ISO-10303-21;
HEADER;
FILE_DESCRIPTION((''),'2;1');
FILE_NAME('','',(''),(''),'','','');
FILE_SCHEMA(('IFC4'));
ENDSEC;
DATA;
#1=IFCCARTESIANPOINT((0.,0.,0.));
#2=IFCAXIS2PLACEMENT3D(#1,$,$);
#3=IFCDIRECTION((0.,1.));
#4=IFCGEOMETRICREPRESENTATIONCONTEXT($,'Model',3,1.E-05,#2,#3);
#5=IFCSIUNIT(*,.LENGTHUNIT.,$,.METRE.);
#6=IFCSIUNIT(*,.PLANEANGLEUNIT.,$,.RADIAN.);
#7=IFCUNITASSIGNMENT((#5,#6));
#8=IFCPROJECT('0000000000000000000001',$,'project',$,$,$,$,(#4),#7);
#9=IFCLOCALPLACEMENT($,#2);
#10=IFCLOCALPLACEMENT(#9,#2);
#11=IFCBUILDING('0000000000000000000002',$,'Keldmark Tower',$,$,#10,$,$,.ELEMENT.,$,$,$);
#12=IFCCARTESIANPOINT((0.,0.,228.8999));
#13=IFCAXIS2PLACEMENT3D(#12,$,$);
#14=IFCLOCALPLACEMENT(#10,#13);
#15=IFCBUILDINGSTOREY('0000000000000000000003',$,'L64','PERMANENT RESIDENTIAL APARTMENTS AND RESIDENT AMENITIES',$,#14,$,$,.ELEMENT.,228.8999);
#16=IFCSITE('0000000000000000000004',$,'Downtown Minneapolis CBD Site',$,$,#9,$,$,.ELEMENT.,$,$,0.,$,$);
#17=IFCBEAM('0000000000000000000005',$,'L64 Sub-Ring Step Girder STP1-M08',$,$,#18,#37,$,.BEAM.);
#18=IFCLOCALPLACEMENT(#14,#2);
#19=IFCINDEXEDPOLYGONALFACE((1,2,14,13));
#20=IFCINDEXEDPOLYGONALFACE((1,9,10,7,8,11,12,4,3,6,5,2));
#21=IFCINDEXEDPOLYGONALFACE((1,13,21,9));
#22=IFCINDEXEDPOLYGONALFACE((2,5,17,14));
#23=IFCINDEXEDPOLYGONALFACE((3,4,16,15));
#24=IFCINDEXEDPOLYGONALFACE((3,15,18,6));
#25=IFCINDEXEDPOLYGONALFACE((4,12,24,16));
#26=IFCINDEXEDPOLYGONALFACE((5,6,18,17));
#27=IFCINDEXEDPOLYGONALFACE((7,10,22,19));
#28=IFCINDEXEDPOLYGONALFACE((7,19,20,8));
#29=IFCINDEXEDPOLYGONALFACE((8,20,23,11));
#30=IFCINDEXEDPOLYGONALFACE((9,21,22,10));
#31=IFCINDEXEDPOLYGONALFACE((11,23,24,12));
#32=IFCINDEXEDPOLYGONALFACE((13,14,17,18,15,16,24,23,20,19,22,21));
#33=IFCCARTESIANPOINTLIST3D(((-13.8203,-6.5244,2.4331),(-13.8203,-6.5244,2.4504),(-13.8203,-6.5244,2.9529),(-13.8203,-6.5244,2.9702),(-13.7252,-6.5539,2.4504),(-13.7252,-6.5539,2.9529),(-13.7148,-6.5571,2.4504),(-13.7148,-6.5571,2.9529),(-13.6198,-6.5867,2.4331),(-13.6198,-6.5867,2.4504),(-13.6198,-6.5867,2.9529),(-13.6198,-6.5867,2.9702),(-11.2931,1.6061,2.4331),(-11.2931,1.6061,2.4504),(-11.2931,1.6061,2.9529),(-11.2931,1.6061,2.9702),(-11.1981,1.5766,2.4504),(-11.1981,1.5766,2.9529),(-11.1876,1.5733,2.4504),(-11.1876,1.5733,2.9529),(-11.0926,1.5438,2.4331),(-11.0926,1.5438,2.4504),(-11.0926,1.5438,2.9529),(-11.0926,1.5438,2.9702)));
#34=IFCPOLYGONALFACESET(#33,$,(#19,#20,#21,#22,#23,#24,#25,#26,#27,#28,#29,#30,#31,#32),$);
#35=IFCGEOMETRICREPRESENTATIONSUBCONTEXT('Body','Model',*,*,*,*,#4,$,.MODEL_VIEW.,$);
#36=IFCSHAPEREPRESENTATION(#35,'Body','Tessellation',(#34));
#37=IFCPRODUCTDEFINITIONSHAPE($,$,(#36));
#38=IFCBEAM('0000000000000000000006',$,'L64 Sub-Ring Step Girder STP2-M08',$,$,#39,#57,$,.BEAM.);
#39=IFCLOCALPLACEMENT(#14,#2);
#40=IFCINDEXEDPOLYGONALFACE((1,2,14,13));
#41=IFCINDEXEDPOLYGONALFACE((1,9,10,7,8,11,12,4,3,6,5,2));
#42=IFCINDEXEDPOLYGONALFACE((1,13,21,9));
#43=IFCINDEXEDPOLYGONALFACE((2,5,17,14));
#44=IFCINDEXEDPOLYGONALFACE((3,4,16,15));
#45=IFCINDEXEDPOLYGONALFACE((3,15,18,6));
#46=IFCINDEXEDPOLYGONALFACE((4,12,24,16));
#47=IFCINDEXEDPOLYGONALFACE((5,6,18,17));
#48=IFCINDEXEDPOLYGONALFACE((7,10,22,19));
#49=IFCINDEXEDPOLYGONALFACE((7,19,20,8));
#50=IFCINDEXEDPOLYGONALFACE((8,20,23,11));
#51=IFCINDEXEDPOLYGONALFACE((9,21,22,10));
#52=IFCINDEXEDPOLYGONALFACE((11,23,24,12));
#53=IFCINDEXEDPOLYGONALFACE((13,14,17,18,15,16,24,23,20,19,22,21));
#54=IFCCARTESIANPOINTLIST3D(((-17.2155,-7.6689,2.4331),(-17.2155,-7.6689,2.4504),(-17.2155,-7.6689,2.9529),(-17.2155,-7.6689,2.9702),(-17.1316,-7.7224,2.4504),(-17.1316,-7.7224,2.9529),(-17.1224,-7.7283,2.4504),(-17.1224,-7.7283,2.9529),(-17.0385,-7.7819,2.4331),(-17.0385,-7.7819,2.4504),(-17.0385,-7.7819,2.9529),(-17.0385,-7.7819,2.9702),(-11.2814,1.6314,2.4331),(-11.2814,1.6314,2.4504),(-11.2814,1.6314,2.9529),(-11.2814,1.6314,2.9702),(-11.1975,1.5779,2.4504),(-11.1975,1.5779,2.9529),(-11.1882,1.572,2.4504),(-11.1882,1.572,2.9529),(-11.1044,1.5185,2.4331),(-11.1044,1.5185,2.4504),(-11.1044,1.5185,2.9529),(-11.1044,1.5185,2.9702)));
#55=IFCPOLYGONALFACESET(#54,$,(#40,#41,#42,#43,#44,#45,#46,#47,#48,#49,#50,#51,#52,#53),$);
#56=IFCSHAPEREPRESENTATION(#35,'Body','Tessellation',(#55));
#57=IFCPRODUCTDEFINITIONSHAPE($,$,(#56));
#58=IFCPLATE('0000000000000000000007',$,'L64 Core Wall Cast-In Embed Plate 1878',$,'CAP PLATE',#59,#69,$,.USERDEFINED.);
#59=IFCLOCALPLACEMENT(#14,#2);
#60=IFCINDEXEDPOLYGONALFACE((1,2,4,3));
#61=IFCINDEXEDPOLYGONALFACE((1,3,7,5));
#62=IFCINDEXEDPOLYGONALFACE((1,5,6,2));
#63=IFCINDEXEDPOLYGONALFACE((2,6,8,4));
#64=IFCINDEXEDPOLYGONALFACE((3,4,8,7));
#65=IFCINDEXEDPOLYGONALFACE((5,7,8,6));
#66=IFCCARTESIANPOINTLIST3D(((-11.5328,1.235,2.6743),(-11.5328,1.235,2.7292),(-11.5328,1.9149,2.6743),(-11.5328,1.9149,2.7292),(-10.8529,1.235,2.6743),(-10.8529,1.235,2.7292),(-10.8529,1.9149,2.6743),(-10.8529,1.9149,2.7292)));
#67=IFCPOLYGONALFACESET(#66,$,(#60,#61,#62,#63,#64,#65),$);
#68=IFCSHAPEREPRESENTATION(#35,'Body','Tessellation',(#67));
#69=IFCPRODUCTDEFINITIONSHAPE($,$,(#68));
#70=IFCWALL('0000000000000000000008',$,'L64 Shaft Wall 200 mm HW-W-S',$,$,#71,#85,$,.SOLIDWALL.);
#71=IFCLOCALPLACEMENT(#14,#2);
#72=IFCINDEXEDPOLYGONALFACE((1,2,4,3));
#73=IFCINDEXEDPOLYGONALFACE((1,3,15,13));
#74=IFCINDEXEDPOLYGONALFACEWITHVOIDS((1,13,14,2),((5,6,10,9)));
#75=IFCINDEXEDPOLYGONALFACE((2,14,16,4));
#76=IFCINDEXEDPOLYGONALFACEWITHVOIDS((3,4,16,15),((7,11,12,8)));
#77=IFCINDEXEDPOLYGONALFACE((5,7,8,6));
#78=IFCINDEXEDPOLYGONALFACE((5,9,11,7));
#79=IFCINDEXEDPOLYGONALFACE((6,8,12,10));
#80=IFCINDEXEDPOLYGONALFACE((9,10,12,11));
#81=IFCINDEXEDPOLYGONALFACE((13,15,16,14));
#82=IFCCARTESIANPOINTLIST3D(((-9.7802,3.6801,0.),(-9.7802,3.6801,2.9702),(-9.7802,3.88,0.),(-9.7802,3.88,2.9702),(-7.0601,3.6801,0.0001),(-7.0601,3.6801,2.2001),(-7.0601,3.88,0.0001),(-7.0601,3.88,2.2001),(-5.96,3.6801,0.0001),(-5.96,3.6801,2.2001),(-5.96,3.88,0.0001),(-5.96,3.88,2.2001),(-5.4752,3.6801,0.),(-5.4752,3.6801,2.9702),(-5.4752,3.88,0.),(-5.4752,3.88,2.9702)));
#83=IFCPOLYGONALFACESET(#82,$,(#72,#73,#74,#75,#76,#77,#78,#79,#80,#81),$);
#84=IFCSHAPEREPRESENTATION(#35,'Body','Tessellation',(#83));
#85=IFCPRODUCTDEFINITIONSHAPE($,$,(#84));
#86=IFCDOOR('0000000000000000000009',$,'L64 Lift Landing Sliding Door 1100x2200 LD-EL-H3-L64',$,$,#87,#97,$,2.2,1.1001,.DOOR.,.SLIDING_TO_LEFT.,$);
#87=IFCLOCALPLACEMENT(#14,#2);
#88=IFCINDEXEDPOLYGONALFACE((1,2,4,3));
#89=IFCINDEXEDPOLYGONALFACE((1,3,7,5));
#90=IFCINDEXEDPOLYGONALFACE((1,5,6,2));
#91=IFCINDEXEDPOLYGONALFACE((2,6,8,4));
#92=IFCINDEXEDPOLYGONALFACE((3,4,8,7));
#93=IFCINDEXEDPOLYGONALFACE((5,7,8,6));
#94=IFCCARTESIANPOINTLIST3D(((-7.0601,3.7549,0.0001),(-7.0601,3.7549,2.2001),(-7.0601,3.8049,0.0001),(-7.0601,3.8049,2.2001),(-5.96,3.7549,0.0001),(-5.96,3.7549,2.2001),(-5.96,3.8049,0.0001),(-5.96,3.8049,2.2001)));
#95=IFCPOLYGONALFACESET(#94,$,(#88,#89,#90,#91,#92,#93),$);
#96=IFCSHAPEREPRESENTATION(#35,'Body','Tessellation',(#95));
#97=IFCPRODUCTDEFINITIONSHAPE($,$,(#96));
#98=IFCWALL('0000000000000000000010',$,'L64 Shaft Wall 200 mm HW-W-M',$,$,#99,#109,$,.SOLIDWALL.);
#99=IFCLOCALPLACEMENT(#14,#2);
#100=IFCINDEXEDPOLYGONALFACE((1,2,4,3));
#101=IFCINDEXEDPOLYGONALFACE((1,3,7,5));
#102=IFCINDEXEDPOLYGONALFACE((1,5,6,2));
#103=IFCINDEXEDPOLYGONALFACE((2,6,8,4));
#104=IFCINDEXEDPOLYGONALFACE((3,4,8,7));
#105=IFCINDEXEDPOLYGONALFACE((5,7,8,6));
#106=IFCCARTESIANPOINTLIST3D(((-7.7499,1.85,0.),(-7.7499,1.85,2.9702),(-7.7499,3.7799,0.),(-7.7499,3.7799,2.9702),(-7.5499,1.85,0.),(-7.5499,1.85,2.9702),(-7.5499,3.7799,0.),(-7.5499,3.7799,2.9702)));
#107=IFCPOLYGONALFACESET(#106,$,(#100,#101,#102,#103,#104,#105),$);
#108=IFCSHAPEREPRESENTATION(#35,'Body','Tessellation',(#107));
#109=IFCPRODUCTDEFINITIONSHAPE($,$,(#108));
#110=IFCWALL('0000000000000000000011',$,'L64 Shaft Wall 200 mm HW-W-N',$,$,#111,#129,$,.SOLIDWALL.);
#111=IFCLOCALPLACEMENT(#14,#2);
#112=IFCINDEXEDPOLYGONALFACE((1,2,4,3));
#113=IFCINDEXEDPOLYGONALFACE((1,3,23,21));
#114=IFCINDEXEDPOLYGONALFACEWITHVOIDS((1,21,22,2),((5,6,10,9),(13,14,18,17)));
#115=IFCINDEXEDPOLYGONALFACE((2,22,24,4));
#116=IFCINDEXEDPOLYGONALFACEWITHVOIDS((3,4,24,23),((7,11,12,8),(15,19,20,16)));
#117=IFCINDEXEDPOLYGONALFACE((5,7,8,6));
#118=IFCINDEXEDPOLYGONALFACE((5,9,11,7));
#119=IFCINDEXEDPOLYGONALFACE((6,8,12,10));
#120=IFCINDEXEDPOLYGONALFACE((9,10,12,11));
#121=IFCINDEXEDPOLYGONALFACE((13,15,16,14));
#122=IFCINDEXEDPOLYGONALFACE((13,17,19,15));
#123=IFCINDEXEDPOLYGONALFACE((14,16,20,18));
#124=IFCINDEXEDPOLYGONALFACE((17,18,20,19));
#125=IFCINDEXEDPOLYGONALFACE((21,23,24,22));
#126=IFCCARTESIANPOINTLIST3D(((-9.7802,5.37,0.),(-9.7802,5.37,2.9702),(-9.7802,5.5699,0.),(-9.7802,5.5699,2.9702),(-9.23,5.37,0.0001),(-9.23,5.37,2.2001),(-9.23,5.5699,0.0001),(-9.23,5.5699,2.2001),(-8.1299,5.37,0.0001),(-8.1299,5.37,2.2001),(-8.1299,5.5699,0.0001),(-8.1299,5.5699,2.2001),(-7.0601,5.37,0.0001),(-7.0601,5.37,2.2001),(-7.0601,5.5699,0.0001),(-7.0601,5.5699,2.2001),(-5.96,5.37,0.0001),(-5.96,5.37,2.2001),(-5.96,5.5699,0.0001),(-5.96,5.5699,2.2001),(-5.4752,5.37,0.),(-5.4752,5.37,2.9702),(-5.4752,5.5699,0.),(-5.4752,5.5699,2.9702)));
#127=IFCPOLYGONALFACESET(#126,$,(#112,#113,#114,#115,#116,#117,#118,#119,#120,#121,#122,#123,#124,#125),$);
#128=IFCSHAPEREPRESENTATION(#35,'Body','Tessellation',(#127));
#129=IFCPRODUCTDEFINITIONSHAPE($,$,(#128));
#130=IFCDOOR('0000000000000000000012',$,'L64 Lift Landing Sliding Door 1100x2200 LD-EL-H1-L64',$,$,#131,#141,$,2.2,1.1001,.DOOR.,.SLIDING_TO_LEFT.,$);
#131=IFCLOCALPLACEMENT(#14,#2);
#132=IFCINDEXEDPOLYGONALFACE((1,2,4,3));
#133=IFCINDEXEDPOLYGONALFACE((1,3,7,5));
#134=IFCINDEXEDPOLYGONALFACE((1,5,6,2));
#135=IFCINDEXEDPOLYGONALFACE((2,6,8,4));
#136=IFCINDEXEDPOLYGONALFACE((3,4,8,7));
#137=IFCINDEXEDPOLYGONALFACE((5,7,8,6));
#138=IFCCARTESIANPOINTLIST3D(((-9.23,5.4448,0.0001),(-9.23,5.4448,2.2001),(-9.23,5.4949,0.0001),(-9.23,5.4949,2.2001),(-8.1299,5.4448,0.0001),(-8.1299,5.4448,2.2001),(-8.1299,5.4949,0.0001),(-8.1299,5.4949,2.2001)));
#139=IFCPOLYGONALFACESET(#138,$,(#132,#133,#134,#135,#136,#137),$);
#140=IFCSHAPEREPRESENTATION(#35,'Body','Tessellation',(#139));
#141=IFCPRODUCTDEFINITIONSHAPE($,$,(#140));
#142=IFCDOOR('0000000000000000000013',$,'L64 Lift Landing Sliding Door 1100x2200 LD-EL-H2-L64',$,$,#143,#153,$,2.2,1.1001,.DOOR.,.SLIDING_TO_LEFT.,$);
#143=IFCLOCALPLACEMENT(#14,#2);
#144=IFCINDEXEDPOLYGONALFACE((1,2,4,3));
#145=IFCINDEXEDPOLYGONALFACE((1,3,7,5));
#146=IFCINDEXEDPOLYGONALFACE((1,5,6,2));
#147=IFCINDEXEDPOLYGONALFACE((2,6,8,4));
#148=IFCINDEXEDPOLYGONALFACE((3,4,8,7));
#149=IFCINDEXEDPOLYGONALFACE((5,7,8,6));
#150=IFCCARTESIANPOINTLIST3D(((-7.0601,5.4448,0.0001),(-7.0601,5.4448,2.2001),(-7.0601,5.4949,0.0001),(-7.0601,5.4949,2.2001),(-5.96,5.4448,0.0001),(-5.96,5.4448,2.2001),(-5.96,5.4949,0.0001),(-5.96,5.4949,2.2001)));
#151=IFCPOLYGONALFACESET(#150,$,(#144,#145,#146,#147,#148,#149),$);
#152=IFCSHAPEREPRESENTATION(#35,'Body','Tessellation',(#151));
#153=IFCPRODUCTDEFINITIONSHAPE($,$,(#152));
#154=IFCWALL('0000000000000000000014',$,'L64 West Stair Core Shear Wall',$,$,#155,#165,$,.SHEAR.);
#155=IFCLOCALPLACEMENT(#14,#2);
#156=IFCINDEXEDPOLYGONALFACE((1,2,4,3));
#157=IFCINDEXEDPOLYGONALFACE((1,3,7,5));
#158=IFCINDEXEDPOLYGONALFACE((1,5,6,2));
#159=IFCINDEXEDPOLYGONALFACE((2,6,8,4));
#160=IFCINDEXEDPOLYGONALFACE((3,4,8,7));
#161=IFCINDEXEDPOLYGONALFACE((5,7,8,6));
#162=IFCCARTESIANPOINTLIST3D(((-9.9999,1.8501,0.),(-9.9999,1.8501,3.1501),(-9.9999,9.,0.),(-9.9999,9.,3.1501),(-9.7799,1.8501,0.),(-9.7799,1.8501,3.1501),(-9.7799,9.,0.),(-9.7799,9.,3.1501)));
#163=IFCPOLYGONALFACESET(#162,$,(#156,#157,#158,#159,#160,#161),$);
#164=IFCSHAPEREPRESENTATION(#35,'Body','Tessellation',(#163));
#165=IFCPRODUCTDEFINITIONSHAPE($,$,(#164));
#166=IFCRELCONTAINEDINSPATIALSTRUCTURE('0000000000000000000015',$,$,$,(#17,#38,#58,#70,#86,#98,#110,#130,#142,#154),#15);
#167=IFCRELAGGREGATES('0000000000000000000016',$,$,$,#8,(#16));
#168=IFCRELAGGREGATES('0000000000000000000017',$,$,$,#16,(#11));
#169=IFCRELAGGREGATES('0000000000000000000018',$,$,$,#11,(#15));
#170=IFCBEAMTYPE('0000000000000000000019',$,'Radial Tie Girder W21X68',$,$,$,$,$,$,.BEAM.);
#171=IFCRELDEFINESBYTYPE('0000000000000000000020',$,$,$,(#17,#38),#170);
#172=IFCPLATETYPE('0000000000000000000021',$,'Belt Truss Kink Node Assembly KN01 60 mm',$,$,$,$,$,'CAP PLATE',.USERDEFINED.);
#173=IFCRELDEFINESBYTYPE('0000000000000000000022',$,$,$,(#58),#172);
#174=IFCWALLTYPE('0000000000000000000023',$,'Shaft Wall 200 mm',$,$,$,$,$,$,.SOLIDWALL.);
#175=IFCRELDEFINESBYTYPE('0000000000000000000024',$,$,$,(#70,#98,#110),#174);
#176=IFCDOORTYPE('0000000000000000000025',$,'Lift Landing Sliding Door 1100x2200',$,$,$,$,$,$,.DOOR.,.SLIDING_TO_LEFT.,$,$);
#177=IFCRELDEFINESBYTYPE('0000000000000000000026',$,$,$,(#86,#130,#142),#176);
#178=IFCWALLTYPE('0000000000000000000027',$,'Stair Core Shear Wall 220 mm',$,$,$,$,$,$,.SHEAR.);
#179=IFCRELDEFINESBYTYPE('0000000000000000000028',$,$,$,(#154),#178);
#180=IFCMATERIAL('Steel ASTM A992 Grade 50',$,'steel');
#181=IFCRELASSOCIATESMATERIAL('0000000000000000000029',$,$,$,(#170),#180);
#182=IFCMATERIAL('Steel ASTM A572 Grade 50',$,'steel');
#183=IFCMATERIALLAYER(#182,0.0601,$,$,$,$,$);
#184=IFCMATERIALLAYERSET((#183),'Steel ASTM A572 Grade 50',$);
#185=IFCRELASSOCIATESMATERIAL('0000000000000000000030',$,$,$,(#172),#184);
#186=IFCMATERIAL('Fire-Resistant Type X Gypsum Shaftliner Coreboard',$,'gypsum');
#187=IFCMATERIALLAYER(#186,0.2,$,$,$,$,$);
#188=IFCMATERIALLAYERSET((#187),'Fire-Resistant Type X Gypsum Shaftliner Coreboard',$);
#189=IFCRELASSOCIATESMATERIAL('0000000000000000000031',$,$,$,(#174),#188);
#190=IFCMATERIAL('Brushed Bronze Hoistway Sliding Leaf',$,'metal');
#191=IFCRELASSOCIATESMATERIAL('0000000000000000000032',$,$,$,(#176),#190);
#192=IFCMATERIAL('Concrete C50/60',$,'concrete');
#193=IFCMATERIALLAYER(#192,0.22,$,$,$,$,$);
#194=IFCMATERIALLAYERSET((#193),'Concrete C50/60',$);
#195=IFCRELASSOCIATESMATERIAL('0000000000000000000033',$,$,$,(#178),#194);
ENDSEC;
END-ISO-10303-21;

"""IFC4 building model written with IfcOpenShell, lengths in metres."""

from ifc_helpers import new_model, si_unit, direction, frame, frame_2d, origin, origin_2d, place, context, subcontext, project, spatial, rectangle, i_section, extrude, material, layer, layer_set, material_profile, profile_set, type_object, element, fill, save


model = new_model("IFC4")

# Units and contexts
model_context = context("Model", 3, precision=1e-05, world=origin(), true_north=direction((0.0, 1.0)))
body_context = subcontext(model_context, "Body", "Model", "MODEL_VIEW")
ifc_project = project(units=[si_unit("LENGTHUNIT", "METRE"), si_unit("PLANEANGLEUNIT", "RADIAN")], contexts=[model_context])

# Site, building, storey
site_placement = place(None, origin())
site = spatial("IfcSite", under=ifc_project, at=site_placement, Name="Downtown Minneapolis CBD Site", CompositionType="ELEMENT", RefElevation=0.0)
building_placement = place(site_placement, origin())
building = spatial("IfcBuilding", under=site, at=building_placement, Name="Keldmark Tower", CompositionType="ELEMENT")
storey_placement = place(building_placement, frame((0.0, 0.0, 228.8999)))
storey = spatial("IfcBuildingStorey", under=building, at=storey_placement, Name="L64", Description="PERMANENT RESIDENTIAL APARTMENTS AND RESIDENT AMENITIES", CompositionType="ELEMENT", Elevation=228.8999)

# Beams
ifc_material_1 = material(Name="Steel ASTM A992 Grade 50", Category="steel")
ifc_material_profile = material_profile(ifc_material_1, i_section(OverallWidth=0.21, OverallDepth=0.5371, WebThickness=0.011, FlangeThickness=0.0173, at=origin_2d()), Name="W21X68")
ifc_profile_set = profile_set([ifc_material_profile], Name="Steel ASTM A992 Grade 50")
beam_type = type_object("IfcBeamType", Name="Radial Tie Girder W21X68", PredefinedType="BEAM", material=ifc_profile_set)
beam_1_placement = place(storey_placement, frame((-11.1929, 1.575, 2.7017), z_axis=(-0.296815, -0.954935, 0.0), x_axis=(0.954935, -0.296815, 0.0)))
element("IfcBeam", 1, at=beam_1_placement, inside=storey, type_object=beam_type, Name="L64 Sub-Ring Step Girder STP1-M08", PredefinedType="BEAM", context=body_context, shape_type="SweptSolid", body=[
    extrude(i_section(OverallWidth=0.21, OverallDepth=0.5371, WebThickness=0.011, FlangeThickness=0.0173, at=origin_2d()), origin(), (0.0, 0.0, 1.0), 8.5142),
])
beam_2_placement = place(storey_placement, frame((-11.1929, 1.575, 2.7017), z_axis=(-0.537889, -0.843016, 0.0), x_axis=(0.843016, -0.537889, 0.0)))
element("IfcBeam", 2, at=beam_2_placement, inside=storey, type_object=beam_type, Name="L64 Sub-Ring Step Girder STP2-M08", PredefinedType="BEAM", context=body_context, shape_type="SweptSolid", body=[
    extrude(i_section(OverallWidth=0.21, OverallDepth=0.5371, WebThickness=0.011, FlangeThickness=0.0173, at=origin_2d()), origin(), (0.0, 0.0, 1.0), 11.0322),
])

# Plate
ifc_material_2 = material(Name="Steel ASTM A572 Grade 50", Category="steel")
ifc_layer_1 = layer(ifc_material_2, 0.0601)
ifc_layer_set_1 = layer_set([ifc_layer_1], Name="Steel ASTM A572 Grade 50")
plate_type = type_object("IfcPlateType", Name="Belt Truss Kink Node Assembly KN01 60 mm", ElementType="CAP PLATE", PredefinedType="USERDEFINED", material=ifc_layer_set_1)
plate_placement = place(storey_placement, frame((-11.1929, 1.575, 2.6743), z_axis=(0.0, 0.0, 1.0), x_axis=(1.0, 0.0, 0.0)))
element("IfcPlate", 3, at=plate_placement, inside=storey, type_object=plate_type, Name="L64 Core Wall Cast-In Embed Plate 1878", ObjectType="CAP PLATE", PredefinedType="USERDEFINED", context=body_context, shape_type="SweptSolid", body=[
    extrude(rectangle(XDim=0.6799, YDim=0.6799, at=origin_2d()), origin(), (0.0, 0.0, 1.0), 0.0549),
])

# Wall, opening, door
ifc_material_3 = material(Name="Fire-Resistant Type X Gypsum Shaftliner Coreboard", Category="gypsum")
ifc_layer_2 = layer(ifc_material_3, 0.2)
ifc_layer_set_2 = layer_set([ifc_layer_2], Name="Fire-Resistant Type X Gypsum Shaftliner Coreboard")
wall_type_1 = type_object("IfcWallType", Name="Shaft Wall 200 mm", PredefinedType="SOLIDWALL", material=ifc_layer_set_2)
wall_1_placement = place(storey_placement, frame((-9.78, 3.78, 0.0), z_axis=(0.0, 0.0, 1.0), x_axis=(1.0, 0.0, 0.0)))
wall_1 = element("IfcWall", 4, at=wall_1_placement, inside=storey, type_object=wall_type_1, Name="L64 Shaft Wall 200 mm HW-W-S", PredefinedType="SOLIDWALL", context=body_context, shape_type="SweptSolid", body=[
    extrude(rectangle(XDim=4.3049, YDim=0.2, at=frame_2d((2.1523, 0.0))), origin(), (0.0, 0.0, 1.0), 2.9702),
])
opening_1_placement = place(wall_1_placement, frame((2.72, 0.0, 0.0)))
opening_1 = element("IfcOpeningElement", 5, at=opening_1_placement, cuts=wall_1, PredefinedType="OPENING", context=body_context, shape_type="SweptSolid", body=[
    extrude(rectangle(XDim=1.1001, YDim=2.2, at=frame_2d((0.55, 1.1001))), frame((0.0, 0.1099, 0.0), z_axis=(0.0, -1.0, 0.0), x_axis=(1.0, 0.0, 0.0)), (0.0, 0.0, 1.0), 0.22),
])
ifc_material_4 = material(Name="Brushed Bronze Hoistway Sliding Leaf", Category="metal")
door_type = type_object("IfcDoorType", Name="Lift Landing Sliding Door 1100x2200", OperationType="SLIDING_TO_LEFT", PredefinedType="DOOR", material=ifc_material_4)
door_1_placement = place(opening_1_placement, origin())
door_1 = element("IfcDoor", 6, at=door_1_placement, inside=storey, type_object=door_type, Name="L64 Lift Landing Sliding Door 1100x2200 LD-EL-H3-L64", OperationType="SLIDING_TO_LEFT", OverallHeight=2.2, OverallWidth=1.1001, PredefinedType="DOOR", context=body_context, shape_type="SweptSolid", body=[
    extrude(rectangle(XDim=1.1001, YDim=2.2, at=frame_2d((0.55, 1.1001))), frame((0.0, 0.0249, 0.0), z_axis=(0.0, -1.0, 0.0), x_axis=(1.0, 0.0, 0.0)), (0.0, 0.0, 1.0), 0.05),
])
fill(opening_1, door_1)

# Wall
wall_2_placement = place(storey_placement, frame((-7.6499, 1.8501, 0.0), z_axis=(0.0, 0.0, 1.0), x_axis=(0.0, 1.0, 0.0)))
element("IfcWall", 7, at=wall_2_placement, inside=storey, type_object=wall_type_1, Name="L64 Shaft Wall 200 mm HW-W-M", PredefinedType="SOLIDWALL", context=body_context, shape_type="SweptSolid", body=[
    extrude(rectangle(XDim=1.9299, YDim=0.2, at=frame_2d((0.9648, 0.0))), origin(), (0.0, 0.0, 1.0), 2.9702),
])

# Wall, openings, doors
wall_3_placement = place(storey_placement, frame((-9.78, 5.47, 0.0), z_axis=(0.0, 0.0, 1.0), x_axis=(1.0, 0.0, 0.0)))
wall_3 = element("IfcWall", 8, at=wall_3_placement, inside=storey, type_object=wall_type_1, Name="L64 Shaft Wall 200 mm HW-W-N", PredefinedType="SOLIDWALL", context=body_context, shape_type="SweptSolid", body=[
    extrude(rectangle(XDim=4.3049, YDim=0.2, at=frame_2d((2.1523, 0.0))), origin(), (0.0, 0.0, 1.0), 2.9702),
])
opening_2_placement = place(wall_3_placement, frame((0.55, 0.0, 0.0)))
opening_2 = element("IfcOpeningElement", 9, at=opening_2_placement, cuts=wall_3, PredefinedType="OPENING", context=body_context, shape_type="SweptSolid", body=[
    extrude(rectangle(XDim=1.1001, YDim=2.2, at=frame_2d((0.55, 1.1001))), frame((0.0, 0.1099, 0.0), z_axis=(0.0, -1.0, 0.0), x_axis=(1.0, 0.0, 0.0)), (0.0, 0.0, 1.0), 0.22),
])
opening_3_placement = place(wall_3_placement, frame((2.72, 0.0, 0.0)))
opening_3 = element("IfcOpeningElement", 10, at=opening_3_placement, cuts=wall_3, PredefinedType="OPENING", context=body_context, shape_type="SweptSolid", body=[
    extrude(rectangle(XDim=1.1001, YDim=2.2, at=frame_2d((0.55, 1.1001))), frame((0.0, 0.1099, 0.0), z_axis=(0.0, -1.0, 0.0), x_axis=(1.0, 0.0, 0.0)), (0.0, 0.0, 1.0), 0.22),
])
door_2_placement = place(opening_2_placement, origin())
door_2 = element("IfcDoor", 11, at=door_2_placement, inside=storey, type_object=door_type, Name="L64 Lift Landing Sliding Door 1100x2200 LD-EL-H1-L64", OperationType="SLIDING_TO_LEFT", OverallHeight=2.2, OverallWidth=1.1001, PredefinedType="DOOR", context=body_context, shape_type="SweptSolid", body=[
    extrude(rectangle(XDim=1.1001, YDim=2.2, at=frame_2d((0.55, 1.1001))), frame((0.0, 0.0249, 0.0), z_axis=(0.0, -1.0, 0.0), x_axis=(1.0, 0.0, 0.0)), (0.0, 0.0, 1.0), 0.05),
])
fill(opening_2, door_2)
door_3_placement = place(opening_3_placement, origin())
door_3 = element("IfcDoor", 12, at=door_3_placement, inside=storey, type_object=door_type, Name="L64 Lift Landing Sliding Door 1100x2200 LD-EL-H2-L64", OperationType="SLIDING_TO_LEFT", OverallHeight=2.2, OverallWidth=1.1001, PredefinedType="DOOR", context=body_context, shape_type="SweptSolid", body=[
    extrude(rectangle(XDim=1.1001, YDim=2.2, at=frame_2d((0.55, 1.1001))), frame((0.0, 0.0249, 0.0), z_axis=(0.0, -1.0, 0.0), x_axis=(1.0, 0.0, 0.0)), (0.0, 0.0, 1.0), 0.05),
])
fill(opening_3, door_3)

# Wall
ifc_material_5 = material(Name="Concrete C50/60", Category="concrete")
ifc_layer_3 = layer(ifc_material_5, 0.22)
ifc_layer_set_3 = layer_set([ifc_layer_3], Name="Concrete C50/60")
wall_type_2 = type_object("IfcWallType", Name="Stair Core Shear Wall 220 mm", PredefinedType="SHEAR", material=ifc_layer_set_3)
wall_4_placement = place(storey_placement, frame((-9.8899, 1.8501, 0.0), z_axis=(0.0, 0.0, 1.0), x_axis=(0.0, 1.0, 0.0)))
element("IfcWall", 13, at=wall_4_placement, inside=storey, type_object=wall_type_2, Name="L64 West Stair Core Shear Wall", PredefinedType="SHEAR", context=body_context, shape_type="SweptSolid", body=[
    extrude(rectangle(XDim=7.1499, YDim=0.22, at=frame_2d((3.575, 0.0))), origin(), (0.0, 0.0, 1.0), 3.1501),
])

save(model, "model.ifc")
